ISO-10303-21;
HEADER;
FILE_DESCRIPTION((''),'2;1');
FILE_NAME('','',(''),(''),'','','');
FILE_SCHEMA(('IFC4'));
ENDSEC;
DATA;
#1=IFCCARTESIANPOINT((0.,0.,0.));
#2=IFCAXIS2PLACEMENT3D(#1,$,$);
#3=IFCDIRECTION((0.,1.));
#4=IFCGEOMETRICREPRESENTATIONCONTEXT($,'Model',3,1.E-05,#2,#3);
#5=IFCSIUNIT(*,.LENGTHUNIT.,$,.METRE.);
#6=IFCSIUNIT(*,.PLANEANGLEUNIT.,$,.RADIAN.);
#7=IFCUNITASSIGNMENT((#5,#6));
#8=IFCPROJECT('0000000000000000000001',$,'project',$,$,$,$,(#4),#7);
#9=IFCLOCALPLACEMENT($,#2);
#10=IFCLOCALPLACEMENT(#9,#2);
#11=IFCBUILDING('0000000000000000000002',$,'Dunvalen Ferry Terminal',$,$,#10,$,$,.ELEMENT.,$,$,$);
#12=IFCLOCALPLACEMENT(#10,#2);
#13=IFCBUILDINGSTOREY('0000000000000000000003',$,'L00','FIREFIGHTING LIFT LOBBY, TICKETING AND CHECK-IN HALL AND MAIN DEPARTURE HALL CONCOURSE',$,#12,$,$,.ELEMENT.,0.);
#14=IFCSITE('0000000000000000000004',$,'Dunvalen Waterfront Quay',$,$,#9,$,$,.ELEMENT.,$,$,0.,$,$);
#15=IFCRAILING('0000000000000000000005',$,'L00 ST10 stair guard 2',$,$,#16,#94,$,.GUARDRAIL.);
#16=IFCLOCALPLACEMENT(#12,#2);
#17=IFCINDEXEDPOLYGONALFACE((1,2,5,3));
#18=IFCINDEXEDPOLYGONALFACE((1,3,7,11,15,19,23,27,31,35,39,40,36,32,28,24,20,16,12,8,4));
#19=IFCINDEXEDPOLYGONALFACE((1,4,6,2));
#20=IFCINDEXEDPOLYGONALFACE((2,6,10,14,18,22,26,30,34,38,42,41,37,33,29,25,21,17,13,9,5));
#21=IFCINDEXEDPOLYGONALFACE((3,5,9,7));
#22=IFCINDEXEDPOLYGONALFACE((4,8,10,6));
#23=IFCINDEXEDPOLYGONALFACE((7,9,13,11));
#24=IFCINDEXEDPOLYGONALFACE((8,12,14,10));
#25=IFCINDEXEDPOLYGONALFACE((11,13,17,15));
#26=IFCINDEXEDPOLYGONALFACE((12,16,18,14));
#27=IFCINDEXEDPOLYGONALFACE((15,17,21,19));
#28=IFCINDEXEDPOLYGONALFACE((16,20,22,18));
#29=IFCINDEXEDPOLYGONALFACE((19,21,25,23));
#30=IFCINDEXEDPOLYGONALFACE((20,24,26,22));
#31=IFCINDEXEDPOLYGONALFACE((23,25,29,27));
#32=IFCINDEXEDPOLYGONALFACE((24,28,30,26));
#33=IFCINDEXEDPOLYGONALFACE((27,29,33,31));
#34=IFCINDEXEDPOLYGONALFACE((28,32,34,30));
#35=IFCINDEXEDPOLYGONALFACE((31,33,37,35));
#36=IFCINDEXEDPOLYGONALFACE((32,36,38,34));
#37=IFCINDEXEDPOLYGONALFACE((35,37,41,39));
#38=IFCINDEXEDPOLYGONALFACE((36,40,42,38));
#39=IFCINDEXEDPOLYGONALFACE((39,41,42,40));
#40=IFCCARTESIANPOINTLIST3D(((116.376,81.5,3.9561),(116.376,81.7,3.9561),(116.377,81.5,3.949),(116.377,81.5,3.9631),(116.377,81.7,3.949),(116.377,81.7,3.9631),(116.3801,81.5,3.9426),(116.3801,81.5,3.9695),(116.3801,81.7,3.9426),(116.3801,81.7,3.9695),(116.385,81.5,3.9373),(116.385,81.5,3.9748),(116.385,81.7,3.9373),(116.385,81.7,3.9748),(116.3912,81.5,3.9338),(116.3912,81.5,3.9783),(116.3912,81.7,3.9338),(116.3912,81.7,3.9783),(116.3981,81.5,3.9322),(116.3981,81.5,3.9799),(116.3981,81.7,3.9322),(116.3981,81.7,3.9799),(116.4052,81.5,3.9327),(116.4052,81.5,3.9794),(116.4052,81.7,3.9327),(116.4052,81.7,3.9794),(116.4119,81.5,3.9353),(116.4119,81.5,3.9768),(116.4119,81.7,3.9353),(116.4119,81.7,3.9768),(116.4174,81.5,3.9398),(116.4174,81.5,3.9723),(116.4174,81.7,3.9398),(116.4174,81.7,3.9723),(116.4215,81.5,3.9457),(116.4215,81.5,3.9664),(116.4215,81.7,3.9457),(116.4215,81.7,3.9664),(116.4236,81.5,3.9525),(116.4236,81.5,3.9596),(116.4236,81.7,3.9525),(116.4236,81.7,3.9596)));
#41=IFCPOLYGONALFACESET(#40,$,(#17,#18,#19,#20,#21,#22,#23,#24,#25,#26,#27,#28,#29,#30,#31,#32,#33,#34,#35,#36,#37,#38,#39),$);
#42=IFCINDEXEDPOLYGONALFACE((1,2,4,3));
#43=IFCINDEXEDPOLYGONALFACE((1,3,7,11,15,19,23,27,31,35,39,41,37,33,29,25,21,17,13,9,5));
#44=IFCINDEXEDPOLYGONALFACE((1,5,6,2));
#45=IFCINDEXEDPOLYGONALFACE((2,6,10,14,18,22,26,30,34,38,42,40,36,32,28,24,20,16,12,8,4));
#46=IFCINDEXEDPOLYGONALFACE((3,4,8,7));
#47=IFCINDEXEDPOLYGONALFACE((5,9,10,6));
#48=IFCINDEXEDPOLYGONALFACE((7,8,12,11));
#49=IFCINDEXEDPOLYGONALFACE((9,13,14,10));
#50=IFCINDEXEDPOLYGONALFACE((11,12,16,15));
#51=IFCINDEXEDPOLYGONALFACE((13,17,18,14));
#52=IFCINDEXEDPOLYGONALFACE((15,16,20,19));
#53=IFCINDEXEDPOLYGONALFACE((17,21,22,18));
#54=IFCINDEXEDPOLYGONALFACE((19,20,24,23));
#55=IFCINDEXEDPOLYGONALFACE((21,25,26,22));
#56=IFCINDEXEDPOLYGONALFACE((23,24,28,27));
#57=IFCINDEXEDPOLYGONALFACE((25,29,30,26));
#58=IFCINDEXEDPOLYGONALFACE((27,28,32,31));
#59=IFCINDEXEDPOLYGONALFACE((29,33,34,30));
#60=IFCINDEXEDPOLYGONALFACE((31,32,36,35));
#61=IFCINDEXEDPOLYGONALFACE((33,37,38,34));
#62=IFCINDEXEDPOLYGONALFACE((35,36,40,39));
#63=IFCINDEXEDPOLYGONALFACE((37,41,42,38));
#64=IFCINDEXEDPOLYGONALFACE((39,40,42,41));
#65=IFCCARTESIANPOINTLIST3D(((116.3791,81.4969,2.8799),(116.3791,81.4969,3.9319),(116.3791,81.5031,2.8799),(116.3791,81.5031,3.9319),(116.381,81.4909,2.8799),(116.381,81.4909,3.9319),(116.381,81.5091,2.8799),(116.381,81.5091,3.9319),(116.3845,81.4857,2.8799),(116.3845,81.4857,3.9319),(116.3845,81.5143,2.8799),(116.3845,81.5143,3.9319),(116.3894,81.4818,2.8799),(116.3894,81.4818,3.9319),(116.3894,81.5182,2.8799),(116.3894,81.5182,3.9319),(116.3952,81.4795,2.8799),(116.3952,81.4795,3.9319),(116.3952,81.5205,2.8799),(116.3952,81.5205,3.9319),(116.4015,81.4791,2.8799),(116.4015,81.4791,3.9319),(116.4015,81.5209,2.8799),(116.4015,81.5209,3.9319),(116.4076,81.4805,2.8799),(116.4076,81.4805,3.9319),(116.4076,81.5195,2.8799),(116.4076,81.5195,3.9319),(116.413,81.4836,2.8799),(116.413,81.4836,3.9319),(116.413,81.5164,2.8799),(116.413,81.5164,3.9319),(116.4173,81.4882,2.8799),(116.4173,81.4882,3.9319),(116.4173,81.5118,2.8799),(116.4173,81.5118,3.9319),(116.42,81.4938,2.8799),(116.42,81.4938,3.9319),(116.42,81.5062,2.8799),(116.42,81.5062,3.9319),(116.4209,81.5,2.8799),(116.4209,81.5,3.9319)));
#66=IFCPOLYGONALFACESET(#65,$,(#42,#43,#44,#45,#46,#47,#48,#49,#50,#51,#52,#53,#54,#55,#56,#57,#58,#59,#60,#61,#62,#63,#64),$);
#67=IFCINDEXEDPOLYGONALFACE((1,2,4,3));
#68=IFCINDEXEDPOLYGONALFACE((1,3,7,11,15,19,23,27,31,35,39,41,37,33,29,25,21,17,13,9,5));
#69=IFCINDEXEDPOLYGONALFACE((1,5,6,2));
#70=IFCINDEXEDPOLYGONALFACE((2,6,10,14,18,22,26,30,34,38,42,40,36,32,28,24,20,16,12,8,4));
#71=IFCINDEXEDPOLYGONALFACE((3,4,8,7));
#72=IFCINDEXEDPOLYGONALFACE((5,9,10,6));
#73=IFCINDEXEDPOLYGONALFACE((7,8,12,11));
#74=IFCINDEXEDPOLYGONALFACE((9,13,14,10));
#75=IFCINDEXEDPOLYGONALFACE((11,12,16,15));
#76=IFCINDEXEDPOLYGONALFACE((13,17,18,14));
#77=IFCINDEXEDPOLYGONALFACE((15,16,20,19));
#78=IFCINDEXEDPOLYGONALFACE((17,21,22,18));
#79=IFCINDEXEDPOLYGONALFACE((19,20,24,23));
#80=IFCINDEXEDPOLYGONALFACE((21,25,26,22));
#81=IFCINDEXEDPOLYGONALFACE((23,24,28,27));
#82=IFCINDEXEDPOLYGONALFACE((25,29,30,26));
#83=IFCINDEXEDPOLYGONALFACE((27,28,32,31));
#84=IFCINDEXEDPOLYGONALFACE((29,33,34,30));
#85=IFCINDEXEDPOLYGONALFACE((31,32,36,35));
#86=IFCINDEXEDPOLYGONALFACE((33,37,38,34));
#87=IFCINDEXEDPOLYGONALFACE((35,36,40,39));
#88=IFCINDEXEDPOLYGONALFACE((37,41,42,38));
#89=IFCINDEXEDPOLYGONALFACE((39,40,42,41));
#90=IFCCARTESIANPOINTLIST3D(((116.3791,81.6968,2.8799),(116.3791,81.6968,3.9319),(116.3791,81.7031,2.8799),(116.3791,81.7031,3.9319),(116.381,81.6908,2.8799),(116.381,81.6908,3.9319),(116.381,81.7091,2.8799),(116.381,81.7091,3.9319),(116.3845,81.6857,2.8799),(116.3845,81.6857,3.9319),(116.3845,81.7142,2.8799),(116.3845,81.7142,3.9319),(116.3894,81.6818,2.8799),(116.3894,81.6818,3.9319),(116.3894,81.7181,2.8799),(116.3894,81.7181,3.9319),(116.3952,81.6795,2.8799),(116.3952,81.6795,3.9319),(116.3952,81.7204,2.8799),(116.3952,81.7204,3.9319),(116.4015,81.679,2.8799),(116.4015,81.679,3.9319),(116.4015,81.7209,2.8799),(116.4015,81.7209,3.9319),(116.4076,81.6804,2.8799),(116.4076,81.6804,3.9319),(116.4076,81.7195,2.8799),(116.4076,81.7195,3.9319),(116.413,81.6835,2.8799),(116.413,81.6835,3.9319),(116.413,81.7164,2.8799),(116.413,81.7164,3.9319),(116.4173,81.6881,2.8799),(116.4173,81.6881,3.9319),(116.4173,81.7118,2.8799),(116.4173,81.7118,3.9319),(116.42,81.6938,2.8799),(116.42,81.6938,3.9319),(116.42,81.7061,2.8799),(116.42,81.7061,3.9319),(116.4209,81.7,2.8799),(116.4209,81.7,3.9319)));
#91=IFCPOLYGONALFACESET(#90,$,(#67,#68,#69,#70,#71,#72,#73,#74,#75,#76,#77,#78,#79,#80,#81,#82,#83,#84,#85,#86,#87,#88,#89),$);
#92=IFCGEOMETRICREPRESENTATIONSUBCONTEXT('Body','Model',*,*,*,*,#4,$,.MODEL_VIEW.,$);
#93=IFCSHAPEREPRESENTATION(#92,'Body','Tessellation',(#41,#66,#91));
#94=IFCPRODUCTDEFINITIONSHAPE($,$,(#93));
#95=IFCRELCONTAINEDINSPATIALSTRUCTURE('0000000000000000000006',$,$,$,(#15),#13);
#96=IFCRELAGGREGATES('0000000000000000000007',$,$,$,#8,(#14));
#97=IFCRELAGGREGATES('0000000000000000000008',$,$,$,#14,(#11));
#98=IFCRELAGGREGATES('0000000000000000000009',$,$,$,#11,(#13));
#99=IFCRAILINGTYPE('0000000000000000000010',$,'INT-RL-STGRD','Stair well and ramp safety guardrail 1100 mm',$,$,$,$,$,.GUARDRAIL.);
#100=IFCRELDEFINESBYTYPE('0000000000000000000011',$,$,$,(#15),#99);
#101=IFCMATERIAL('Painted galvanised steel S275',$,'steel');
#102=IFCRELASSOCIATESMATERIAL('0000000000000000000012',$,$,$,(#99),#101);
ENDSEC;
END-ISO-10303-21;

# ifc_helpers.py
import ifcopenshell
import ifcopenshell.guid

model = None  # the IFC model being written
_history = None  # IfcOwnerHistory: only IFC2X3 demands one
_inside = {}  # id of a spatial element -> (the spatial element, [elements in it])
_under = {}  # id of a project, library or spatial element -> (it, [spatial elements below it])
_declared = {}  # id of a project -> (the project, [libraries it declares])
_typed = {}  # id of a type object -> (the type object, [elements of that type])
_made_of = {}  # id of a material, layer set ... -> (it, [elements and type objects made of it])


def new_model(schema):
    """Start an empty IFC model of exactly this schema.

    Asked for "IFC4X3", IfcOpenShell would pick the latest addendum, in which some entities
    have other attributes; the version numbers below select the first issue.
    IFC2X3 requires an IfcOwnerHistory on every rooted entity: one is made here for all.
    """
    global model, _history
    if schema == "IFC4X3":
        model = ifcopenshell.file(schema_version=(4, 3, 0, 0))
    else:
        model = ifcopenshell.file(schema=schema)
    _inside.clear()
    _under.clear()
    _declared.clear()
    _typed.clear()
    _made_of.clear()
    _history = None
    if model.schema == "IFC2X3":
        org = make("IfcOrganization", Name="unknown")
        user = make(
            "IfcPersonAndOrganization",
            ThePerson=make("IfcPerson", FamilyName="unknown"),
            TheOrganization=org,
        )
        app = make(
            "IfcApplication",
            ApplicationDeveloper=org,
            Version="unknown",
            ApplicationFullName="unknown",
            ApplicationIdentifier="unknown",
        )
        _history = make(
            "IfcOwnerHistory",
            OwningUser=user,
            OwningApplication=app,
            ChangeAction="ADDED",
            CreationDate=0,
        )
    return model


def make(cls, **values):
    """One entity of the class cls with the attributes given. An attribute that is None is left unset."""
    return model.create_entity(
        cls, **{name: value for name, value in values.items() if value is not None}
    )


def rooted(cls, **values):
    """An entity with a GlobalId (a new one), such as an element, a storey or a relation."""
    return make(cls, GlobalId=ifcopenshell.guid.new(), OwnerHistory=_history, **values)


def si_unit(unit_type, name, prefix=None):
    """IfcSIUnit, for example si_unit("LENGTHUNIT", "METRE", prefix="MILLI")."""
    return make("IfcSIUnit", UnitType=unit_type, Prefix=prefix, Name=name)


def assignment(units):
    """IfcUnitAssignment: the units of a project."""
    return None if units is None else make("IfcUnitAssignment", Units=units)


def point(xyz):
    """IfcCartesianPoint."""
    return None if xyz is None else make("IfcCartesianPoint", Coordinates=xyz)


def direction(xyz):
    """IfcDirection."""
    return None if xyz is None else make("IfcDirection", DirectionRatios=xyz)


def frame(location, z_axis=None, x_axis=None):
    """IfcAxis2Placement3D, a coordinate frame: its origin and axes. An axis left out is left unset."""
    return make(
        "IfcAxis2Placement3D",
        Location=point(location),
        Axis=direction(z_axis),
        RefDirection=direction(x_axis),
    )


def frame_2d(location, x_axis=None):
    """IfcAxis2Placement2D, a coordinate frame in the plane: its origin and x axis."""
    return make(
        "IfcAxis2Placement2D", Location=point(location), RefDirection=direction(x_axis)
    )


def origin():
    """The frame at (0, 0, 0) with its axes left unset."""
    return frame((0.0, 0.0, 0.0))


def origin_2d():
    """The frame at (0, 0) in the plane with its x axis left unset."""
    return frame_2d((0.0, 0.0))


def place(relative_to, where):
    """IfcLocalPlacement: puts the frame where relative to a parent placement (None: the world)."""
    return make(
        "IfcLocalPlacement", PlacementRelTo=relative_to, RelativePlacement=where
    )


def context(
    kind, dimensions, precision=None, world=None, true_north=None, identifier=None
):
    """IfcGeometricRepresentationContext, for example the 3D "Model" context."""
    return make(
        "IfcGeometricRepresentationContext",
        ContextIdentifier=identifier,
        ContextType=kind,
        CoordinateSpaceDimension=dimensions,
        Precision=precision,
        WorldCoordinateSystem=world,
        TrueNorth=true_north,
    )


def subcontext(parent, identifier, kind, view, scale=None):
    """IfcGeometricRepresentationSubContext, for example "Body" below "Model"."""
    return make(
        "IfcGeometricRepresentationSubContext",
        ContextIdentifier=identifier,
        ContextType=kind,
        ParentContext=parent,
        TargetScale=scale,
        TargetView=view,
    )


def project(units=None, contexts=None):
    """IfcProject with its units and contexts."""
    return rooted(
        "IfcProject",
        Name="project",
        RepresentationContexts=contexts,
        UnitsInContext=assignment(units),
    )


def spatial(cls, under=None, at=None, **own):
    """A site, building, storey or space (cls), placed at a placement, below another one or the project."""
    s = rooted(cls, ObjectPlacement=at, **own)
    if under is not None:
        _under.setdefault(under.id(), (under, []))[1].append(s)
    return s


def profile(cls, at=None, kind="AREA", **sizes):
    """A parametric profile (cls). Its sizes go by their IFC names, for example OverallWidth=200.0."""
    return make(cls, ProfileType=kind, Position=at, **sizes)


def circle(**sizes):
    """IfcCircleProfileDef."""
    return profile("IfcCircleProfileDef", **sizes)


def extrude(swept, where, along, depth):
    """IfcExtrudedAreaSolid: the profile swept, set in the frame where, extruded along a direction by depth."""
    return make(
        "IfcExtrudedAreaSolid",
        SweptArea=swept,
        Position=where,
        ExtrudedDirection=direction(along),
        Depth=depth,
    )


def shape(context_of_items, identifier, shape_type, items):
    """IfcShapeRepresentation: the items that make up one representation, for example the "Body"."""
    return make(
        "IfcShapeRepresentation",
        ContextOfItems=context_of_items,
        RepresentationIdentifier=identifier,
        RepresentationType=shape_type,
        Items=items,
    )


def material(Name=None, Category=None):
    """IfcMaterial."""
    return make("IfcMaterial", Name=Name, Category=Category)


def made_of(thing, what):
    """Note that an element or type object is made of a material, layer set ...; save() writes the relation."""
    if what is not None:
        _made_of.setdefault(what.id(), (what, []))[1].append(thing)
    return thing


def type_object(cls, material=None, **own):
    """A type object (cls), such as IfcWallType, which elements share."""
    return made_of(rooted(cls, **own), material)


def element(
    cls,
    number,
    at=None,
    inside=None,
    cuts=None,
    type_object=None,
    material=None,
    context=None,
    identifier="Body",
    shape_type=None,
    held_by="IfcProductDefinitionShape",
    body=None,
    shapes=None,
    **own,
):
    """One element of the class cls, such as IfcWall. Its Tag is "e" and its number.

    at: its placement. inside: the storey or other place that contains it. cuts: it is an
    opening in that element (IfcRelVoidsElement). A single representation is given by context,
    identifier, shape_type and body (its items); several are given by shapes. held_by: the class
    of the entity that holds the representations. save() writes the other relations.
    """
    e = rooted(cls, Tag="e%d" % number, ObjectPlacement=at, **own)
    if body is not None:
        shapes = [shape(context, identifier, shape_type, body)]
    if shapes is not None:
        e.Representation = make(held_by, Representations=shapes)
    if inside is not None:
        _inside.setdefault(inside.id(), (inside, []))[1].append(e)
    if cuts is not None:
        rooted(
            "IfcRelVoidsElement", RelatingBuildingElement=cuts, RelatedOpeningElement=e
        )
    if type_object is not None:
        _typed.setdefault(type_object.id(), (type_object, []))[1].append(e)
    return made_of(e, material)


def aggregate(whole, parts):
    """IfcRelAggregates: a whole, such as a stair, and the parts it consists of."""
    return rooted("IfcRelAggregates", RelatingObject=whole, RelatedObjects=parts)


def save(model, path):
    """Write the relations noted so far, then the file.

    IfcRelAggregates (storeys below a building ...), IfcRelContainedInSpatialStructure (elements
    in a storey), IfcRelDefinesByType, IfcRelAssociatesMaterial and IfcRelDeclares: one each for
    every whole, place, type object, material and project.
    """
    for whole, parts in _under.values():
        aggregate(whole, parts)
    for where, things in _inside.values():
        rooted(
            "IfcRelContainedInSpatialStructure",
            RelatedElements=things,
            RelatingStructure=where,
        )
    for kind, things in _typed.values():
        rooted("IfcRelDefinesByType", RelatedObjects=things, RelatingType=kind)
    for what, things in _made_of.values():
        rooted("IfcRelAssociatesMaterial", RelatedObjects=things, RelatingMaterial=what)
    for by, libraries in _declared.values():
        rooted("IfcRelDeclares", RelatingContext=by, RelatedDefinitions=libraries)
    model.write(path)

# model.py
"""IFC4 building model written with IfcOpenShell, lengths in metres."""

from ifc_helpers import new_model, si_unit, direction, frame, origin, origin_2d, place, context, subcontext, project, spatial, circle, extrude, material, type_object, element, save


model = new_model("IFC4")

# Units and contexts
model_context = context("Model", 3, precision=1e-05, world=origin(), true_north=direction((0.0, 1.0)))
body_context = subcontext(model_context, "Body", "Model", "MODEL_VIEW")
ifc_project = project(units=[si_unit("LENGTHUNIT", "METRE"), si_unit("PLANEANGLEUNIT", "RADIAN")], contexts=[model_context])

# Site, building, storey
site_placement = place(None, origin())
site = spatial("IfcSite", under=ifc_project, at=site_placement, Name="Dunvalen Waterfront Quay", CompositionType="ELEMENT", RefElevation=0.0)
building_placement = place(site_placement, origin())
building = spatial("IfcBuilding", under=site, at=building_placement, Name="Dunvalen Ferry Terminal", CompositionType="ELEMENT")
storey_placement = place(building_placement, origin())
storey = spatial("IfcBuildingStorey", under=building, at=storey_placement, Name="L00", Description="FIREFIGHTING LIFT LOBBY, TICKETING AND CHECK-IN HALL AND MAIN DEPARTURE HALL CONCOURSE", CompositionType="ELEMENT", Elevation=0.0)

# Railing
ifc_material_1 = material(Name="Painted galvanised steel S275", Category="steel")
railing_type_1 = type_object("IfcRailingType", Name="INT-RL-STGRD", Description="Stair well and ramp safety guardrail 1100 mm", PredefinedType="GUARDRAIL", material=ifc_material_1)
railing_1_placement = place(storey_placement, frame((116.3999, 81.5, 2.8799)))
element("IfcRailing", 1, at=railing_1_placement, inside=storey, type_object=railing_type_1, Name="L00 ST10 stair guard 2", PredefinedType="GUARDRAIL", context=body_context, shape_type="SweptSolid", body=[
    extrude(circle(Radius=0.0239, at=origin_2d()), frame((0.0, 0.0, 1.0762), z_axis=(0.0, 1.0, 0.0), x_axis=(-1.0, 0.0, 0.0)), (0.0, 0.0, 1.0), 0.2),
    extrude(circle(Radius=0.021, at=origin_2d()), origin(), (0.0, 0.0, 1.0), 1.052),
    extrude(circle(Radius=0.021, at=origin_2d()), frame((0.0, 0.2, 0.0)), (0.0, 0.0, 1.0), 1.052),
])

save(model, "model.ifc")
